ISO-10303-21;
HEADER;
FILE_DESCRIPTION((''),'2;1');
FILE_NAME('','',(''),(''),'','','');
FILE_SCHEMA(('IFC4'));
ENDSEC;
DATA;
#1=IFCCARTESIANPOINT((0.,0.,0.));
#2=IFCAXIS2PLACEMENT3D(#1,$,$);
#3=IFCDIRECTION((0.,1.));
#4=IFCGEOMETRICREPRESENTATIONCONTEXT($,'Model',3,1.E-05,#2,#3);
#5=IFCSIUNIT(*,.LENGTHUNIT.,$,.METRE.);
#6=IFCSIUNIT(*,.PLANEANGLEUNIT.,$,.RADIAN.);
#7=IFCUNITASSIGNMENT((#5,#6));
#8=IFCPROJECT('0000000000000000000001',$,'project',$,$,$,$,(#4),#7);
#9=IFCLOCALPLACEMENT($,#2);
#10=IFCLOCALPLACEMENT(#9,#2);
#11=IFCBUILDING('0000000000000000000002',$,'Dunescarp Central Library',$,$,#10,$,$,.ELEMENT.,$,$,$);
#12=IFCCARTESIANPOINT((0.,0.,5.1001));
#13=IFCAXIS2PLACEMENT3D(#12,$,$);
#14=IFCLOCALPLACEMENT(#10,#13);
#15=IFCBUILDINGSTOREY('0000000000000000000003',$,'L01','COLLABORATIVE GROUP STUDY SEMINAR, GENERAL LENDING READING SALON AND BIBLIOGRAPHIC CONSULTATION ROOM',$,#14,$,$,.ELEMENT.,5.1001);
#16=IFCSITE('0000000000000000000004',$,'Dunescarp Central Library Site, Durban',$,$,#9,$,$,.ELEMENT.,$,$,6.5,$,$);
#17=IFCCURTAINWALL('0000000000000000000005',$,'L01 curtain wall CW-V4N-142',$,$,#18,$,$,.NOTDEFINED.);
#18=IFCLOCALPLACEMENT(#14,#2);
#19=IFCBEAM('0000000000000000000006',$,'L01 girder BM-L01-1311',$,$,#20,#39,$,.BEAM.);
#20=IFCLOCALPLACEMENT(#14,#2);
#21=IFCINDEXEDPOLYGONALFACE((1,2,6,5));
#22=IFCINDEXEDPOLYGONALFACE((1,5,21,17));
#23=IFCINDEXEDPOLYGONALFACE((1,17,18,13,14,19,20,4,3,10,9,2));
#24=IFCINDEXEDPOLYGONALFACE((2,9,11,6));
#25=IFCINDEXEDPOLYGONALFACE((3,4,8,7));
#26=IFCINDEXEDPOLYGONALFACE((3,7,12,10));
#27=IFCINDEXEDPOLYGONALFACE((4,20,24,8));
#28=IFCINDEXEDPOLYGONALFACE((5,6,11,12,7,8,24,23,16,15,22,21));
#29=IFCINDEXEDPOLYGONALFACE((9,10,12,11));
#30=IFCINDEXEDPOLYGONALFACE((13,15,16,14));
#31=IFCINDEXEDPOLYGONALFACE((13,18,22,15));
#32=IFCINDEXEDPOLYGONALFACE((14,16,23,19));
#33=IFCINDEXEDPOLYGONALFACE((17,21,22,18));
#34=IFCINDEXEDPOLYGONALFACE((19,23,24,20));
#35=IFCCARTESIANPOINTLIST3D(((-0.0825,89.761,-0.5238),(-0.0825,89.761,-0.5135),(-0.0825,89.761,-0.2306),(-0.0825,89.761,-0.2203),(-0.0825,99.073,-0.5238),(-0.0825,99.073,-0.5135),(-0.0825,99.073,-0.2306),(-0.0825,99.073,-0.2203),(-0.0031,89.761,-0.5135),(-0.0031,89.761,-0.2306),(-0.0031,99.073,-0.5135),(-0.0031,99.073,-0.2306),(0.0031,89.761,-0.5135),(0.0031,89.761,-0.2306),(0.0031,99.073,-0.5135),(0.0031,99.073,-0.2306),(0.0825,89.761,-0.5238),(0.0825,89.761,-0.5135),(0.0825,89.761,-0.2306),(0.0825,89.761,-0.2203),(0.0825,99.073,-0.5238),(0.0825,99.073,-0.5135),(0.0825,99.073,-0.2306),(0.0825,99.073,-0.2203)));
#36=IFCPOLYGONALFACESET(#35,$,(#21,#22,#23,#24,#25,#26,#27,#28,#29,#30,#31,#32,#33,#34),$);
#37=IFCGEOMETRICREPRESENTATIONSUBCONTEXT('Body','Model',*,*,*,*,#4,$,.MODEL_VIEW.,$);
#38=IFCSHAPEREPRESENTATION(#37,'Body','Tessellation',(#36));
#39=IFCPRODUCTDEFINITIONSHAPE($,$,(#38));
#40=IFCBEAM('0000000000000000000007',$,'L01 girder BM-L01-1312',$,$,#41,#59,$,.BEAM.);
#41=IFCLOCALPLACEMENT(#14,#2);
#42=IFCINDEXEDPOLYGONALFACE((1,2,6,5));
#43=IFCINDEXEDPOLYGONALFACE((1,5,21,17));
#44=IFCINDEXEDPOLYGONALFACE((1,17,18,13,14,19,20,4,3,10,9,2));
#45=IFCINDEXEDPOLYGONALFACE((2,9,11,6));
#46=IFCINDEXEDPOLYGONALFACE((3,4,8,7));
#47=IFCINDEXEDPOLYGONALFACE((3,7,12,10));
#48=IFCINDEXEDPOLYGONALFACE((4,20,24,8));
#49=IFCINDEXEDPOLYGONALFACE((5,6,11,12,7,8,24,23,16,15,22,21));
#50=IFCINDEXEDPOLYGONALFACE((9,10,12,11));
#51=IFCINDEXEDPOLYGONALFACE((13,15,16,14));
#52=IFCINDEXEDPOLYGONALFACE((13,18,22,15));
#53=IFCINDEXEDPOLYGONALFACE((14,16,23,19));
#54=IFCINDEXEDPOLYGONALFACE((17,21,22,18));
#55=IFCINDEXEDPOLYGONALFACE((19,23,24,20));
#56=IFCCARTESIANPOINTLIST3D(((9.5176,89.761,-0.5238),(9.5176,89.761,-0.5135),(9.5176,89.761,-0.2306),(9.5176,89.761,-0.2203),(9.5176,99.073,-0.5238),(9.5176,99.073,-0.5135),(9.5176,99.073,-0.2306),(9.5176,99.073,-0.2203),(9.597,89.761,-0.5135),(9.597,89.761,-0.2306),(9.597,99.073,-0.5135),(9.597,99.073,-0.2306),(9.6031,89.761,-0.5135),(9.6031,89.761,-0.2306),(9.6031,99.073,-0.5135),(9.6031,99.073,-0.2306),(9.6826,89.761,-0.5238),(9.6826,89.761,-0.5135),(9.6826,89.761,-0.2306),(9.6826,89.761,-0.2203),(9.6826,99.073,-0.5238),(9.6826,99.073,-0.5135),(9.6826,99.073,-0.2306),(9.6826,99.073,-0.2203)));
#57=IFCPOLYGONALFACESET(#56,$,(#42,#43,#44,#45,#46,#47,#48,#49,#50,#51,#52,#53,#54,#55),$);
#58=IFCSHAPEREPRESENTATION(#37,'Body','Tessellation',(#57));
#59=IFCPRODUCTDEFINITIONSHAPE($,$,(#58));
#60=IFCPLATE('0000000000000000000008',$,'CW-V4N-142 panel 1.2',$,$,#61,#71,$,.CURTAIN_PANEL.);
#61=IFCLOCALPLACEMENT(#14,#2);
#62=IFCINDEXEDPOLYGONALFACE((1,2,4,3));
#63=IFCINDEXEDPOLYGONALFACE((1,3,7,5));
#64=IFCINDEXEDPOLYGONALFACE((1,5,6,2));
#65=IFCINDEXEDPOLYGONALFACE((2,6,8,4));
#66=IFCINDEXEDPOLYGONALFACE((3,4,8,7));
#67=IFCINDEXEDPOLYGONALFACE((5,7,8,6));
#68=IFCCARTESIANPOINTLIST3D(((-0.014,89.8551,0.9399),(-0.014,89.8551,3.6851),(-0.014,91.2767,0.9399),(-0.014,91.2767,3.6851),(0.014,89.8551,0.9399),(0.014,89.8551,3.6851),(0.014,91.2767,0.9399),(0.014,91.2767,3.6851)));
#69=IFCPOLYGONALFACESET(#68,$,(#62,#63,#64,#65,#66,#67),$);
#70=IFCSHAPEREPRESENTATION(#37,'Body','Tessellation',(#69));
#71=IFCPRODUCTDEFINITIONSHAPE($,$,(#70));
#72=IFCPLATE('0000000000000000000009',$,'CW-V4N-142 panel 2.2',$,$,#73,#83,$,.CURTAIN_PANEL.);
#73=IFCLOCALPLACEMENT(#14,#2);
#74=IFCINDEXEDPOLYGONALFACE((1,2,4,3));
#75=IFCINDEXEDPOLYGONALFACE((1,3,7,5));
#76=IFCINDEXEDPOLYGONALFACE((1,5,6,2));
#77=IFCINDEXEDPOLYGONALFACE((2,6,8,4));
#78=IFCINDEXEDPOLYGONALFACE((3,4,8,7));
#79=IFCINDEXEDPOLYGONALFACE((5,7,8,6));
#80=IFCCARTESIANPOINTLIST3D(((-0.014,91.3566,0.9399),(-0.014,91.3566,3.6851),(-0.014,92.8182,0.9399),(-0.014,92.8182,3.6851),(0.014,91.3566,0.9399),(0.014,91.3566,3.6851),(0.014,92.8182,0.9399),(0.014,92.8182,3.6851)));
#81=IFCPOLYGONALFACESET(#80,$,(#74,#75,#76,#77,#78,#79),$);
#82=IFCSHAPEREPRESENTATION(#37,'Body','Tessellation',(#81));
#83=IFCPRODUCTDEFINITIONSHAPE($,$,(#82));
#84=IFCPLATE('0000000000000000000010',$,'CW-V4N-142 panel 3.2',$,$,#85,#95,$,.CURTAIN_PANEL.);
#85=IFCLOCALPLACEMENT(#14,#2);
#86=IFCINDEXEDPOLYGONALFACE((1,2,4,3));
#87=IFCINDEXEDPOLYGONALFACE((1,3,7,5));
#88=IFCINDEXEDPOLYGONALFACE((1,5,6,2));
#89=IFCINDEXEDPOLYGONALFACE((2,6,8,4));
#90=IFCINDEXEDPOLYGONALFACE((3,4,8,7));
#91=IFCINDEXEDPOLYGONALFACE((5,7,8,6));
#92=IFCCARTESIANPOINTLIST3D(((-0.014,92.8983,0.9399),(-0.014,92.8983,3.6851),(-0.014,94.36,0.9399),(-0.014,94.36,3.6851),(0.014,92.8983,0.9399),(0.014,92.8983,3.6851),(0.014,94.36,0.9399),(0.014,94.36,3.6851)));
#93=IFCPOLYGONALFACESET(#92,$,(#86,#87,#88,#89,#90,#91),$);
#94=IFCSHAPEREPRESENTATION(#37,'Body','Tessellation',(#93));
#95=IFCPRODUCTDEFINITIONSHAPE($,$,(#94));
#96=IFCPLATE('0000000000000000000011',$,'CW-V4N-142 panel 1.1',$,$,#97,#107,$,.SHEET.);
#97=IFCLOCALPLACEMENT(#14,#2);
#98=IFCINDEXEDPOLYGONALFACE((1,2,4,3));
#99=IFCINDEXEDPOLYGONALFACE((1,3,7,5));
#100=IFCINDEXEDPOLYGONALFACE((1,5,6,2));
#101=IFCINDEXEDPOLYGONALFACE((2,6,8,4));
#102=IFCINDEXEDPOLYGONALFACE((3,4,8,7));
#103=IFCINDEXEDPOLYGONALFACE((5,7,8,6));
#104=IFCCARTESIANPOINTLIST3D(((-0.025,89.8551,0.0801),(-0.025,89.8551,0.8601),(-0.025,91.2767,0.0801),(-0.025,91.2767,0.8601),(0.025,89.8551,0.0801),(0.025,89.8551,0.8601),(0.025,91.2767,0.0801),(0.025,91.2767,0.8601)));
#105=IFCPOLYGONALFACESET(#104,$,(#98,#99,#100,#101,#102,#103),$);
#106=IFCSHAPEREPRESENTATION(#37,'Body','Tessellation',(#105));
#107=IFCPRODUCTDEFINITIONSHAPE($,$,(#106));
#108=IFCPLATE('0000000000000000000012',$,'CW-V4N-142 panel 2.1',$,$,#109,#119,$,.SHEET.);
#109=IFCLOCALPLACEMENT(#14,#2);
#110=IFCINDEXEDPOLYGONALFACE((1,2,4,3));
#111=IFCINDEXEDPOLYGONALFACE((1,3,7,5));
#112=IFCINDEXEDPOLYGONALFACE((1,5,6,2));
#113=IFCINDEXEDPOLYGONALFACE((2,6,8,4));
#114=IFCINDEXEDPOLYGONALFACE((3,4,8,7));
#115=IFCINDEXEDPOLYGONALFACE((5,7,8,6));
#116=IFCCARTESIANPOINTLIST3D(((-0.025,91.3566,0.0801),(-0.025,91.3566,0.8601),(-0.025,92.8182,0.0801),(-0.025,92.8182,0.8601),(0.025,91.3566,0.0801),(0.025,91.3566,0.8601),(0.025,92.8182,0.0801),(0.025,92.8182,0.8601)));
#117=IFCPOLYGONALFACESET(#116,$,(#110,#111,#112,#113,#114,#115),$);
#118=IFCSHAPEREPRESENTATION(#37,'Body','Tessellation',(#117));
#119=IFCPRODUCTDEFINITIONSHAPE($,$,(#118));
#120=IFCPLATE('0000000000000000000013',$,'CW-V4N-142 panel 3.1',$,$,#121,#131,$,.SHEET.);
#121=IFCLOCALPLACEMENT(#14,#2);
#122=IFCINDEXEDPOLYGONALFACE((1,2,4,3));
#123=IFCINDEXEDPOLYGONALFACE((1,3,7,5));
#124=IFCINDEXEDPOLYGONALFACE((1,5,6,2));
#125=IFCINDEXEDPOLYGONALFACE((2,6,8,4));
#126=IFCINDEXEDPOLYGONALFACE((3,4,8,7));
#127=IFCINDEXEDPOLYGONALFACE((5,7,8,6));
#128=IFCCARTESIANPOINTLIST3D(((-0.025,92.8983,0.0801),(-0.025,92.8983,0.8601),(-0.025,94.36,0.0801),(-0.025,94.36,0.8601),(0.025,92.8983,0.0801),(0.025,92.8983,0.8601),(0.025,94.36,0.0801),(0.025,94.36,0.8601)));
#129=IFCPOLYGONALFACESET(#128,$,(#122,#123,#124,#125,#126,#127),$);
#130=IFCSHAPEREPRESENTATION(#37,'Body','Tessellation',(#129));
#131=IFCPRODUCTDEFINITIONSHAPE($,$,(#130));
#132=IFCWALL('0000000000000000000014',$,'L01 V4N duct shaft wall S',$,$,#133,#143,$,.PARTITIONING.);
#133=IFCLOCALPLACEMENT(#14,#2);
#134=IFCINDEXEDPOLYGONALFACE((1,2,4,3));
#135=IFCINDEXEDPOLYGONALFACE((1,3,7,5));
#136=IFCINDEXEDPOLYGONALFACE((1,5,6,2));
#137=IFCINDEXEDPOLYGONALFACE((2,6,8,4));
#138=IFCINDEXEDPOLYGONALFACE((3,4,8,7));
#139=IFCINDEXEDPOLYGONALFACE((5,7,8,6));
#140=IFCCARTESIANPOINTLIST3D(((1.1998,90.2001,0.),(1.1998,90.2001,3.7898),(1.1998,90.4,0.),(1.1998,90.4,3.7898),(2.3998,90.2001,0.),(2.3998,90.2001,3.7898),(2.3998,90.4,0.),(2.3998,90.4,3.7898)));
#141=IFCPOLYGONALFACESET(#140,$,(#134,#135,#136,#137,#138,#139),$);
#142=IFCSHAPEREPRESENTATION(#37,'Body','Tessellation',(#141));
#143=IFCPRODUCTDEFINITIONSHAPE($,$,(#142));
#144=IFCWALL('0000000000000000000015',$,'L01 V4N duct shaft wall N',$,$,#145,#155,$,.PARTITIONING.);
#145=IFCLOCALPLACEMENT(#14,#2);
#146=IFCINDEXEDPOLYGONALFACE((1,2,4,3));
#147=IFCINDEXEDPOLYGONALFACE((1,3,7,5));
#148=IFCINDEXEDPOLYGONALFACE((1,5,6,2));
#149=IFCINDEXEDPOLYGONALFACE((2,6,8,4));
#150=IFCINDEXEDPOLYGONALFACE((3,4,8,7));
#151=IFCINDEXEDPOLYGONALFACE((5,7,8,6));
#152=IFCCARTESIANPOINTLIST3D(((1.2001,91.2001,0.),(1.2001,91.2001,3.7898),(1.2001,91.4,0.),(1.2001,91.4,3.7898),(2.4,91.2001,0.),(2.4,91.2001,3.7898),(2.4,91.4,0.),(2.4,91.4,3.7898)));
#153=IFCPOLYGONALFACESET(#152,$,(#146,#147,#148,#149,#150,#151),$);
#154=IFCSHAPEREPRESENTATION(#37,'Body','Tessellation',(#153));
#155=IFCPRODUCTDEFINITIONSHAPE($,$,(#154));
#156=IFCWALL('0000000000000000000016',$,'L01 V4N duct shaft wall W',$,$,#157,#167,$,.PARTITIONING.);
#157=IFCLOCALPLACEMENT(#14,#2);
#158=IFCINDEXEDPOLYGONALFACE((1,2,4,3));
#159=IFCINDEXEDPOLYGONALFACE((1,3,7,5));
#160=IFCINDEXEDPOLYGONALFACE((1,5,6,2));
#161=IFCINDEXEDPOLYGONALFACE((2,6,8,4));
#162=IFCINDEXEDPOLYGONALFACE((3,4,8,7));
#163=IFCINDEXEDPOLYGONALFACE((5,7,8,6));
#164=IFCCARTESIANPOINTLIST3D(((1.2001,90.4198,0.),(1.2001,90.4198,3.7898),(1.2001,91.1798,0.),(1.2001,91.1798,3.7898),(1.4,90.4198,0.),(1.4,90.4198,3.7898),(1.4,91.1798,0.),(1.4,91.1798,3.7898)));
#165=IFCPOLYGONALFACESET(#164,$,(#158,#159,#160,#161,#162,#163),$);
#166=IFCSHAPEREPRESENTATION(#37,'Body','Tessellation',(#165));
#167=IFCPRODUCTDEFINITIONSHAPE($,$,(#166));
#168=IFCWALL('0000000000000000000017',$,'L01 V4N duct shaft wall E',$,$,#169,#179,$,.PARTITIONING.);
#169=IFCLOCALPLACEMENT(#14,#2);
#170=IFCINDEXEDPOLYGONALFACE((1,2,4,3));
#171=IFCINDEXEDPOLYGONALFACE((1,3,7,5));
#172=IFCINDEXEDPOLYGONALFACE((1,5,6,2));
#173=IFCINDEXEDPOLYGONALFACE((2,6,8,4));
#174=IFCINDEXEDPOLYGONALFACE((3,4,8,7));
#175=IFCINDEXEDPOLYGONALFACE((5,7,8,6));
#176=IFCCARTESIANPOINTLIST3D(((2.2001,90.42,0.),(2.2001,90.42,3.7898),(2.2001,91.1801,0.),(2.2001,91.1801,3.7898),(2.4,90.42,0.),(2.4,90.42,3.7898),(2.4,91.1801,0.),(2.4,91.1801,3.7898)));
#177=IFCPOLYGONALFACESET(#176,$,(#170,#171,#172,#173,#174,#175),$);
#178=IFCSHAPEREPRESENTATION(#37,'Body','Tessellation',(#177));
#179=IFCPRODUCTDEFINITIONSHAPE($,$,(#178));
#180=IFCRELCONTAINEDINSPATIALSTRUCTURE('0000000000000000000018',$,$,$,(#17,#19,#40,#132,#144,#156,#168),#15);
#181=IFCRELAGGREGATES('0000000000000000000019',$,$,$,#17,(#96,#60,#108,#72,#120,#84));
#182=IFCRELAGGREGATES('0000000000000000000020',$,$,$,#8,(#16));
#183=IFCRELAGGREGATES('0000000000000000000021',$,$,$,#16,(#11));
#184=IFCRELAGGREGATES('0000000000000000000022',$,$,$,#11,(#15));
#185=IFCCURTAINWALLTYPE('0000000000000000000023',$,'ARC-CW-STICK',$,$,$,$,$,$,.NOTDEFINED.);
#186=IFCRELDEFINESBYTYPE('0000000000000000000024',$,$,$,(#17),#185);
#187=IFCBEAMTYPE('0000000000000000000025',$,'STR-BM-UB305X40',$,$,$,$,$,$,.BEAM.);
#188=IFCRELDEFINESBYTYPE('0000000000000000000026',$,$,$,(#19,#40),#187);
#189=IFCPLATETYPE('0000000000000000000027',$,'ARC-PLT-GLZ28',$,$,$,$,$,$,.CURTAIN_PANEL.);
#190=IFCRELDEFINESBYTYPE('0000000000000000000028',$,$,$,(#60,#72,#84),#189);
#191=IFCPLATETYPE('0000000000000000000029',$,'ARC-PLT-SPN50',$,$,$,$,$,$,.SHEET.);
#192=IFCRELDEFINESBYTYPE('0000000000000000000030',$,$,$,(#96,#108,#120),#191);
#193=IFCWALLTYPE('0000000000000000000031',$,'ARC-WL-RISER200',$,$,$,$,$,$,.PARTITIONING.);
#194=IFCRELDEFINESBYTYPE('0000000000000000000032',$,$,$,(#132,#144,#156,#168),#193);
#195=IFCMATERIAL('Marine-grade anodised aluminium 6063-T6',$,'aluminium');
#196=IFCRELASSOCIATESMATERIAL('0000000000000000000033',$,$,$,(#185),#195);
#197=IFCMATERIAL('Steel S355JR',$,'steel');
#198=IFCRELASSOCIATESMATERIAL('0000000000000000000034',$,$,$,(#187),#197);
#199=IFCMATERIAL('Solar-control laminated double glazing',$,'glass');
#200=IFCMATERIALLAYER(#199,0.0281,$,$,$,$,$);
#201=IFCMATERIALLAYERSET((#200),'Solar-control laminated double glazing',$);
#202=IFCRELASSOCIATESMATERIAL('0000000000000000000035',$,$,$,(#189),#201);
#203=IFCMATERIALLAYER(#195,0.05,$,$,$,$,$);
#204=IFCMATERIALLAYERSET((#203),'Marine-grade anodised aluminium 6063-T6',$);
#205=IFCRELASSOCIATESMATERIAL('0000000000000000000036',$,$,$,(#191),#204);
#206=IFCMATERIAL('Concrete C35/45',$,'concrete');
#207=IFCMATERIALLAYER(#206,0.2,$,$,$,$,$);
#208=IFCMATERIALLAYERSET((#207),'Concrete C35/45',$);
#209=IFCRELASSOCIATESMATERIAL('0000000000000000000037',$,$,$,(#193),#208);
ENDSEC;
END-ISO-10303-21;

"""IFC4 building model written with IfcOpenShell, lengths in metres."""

from ifc_helpers import new_model, si_unit, direction, frame, frame_2d, origin, origin_2d, place, context, subcontext, project, spatial, rectangle, i_section, extrude, material, layer, layer_set, material_profile, profile_set, type_object, element, aggregate, save


model = new_model("IFC4")

# Units and contexts
model_context = context("Model", 3, precision=1e-05, world=origin(), true_north=direction((0.0, 1.0)))
body_context = subcontext(model_context, "Body", "Model", "MODEL_VIEW")
ifc_project = project(units=[si_unit("LENGTHUNIT", "METRE"), si_unit("PLANEANGLEUNIT", "RADIAN")], contexts=[model_context])

# Site, building, storey
site_placement = place(None, origin())
site = spatial("IfcSite", under=ifc_project, at=site_placement, Name="Dunescarp Central Library Site, Durban", CompositionType="ELEMENT", RefElevation=6.5)
building_placement = place(site_placement, origin())
building = spatial("IfcBuilding", under=site, at=building_placement, Name="Dunescarp Central Library", CompositionType="ELEMENT")
storey_placement = place(building_placement, frame((0.0, 0.0, 5.1001)))
storey = spatial("IfcBuildingStorey", under=building, at=storey_placement, Name="L01", Description="COLLABORATIVE GROUP STUDY SEMINAR, GENERAL LENDING READING SALON AND BIBLIOGRAPHIC CONSULTATION ROOM", CompositionType="ELEMENT", Elevation=5.1001)

# Curtain wall
ifc_material_1 = material(Name="Marine-grade anodised aluminium 6063-T6", Category="aluminium")
curtain_wall_type = type_object("IfcCurtainWallType", Name="ARC-CW-STICK", PredefinedType="NOTDEFINED", material=ifc_material_1)
curtain_wall_placement = place(storey_placement, origin())
curtain_wall = element("IfcCurtainWall", 1, at=curtain_wall_placement, inside=storey, type_object=curtain_wall_type, Name="L01 curtain wall CW-V4N-142", PredefinedType="NOTDEFINED")

# Beams
ifc_material_2 = material(Name="Steel S355JR", Category="steel")
ifc_material_profile_1 = material_profile(ifc_material_2, i_section(OverallWidth=0.165, OverallDepth=0.3035, WebThickness=0.0061, FlangeThickness=0.0103, at=origin_2d()), Name="UB 305x165x40")
ifc_profile_set_1 = profile_set([ifc_material_profile_1], Name="Steel S355JR")
beam_type = type_object("IfcBeamType", Name="STR-BM-UB305X40", PredefinedType="BEAM", material=ifc_profile_set_1)
for number, where, z_axis, x_axis, name in (
    (2, (0.0, 89.761, -0.3721), (0.0, 1.0, 0.0), (-1.0, 0.0, 0.0), "L01 girder BM-L01-1311"),
    (3, (9.6001, 89.761, -0.3721), (0.0, 1.0, 0.0), (-1.0, 0.0, 0.0), "L01 girder BM-L01-1312"),
):
    element("IfcBeam", number, at=place(storey_placement, frame(where, z_axis=z_axis, x_axis=x_axis)), inside=storey, type_object=beam_type, Name=name, PredefinedType="BEAM", context=body_context, shape_type="SweptSolid", body=[
        extrude(i_section(OverallWidth=0.165, OverallDepth=0.3035, WebThickness=0.0061, FlangeThickness=0.0103, at=origin_2d()), origin(), (0.0, 0.0, 1.0), 9.312),
    ])

# Plates
ifc_material_3 = material(Name="Solar-control laminated double glazing", Category="glass")
ifc_layer_1 = layer(ifc_material_3, 0.0281)
ifc_layer_set_1 = layer_set([ifc_layer_1], Name="Solar-control laminated double glazing")
plate_type_1 = type_object("IfcPlateType", Name="ARC-PLT-GLZ28", PredefinedType="CURTAIN_PANEL", material=ifc_layer_set_1)
plate_1_placement = place(storey_placement, frame((0.0, 90.5659, 0.9399), z_axis=(0.0, 0.0, 1.0), x_axis=(0.0, 1.0, 0.0)))
plate_1 = element("IfcPlate", 4, at=plate_1_placement, type_object=plate_type_1, Name="CW-V4N-142 panel 1.2", PredefinedType="CURTAIN_PANEL", context=body_context, shape_type="SweptSolid", body=[
    extrude(rectangle(XDim=1.4216, YDim=0.0281, at=origin_2d()), origin(), (0.0, 0.0, 1.0), 2.7451),
])
plate_2_placement = place(storey_placement, frame((0.0, 92.0874, 0.9399), z_axis=(0.0, 0.0, 1.0), x_axis=(0.0, 1.0, 0.0)))
plate_2 = element("IfcPlate", 5, at=plate_2_placement, type_object=plate_type_1, Name="CW-V4N-142 panel 2.2", PredefinedType="CURTAIN_PANEL", context=body_context, shape_type="SweptSolid", body=[
    extrude(rectangle(XDim=1.4617, YDim=0.0281, at=origin_2d()), origin(), (0.0, 0.0, 1.0), 2.7451),
])
plate_3_placement = place(storey_placement, frame((0.0, 93.6292, 0.9399), z_axis=(0.0, 0.0, 1.0), x_axis=(0.0, 1.0, 0.0)))
plate_3 = element("IfcPlate", 6, at=plate_3_placement, type_object=plate_type_1, Name="CW-V4N-142 panel 3.2", PredefinedType="CURTAIN_PANEL", context=body_context, shape_type="SweptSolid", body=[
    extrude(rectangle(XDim=1.4617, YDim=0.0281, at=origin_2d()), origin(), (0.0, 0.0, 1.0), 2.7451),
])
ifc_layer_2 = layer(ifc_material_1, 0.05)
ifc_layer_set_2 = layer_set([ifc_layer_2], Name="Marine-grade anodised aluminium 6063-T6")
plate_type_2 = type_object("IfcPlateType", Name="ARC-PLT-SPN50", PredefinedType="SHEET", material=ifc_layer_set_2)
plate_4_placement = place(storey_placement, frame((0.0, 90.5659, 0.0801), z_axis=(0.0, 0.0, 1.0), x_axis=(0.0, 1.0, 0.0)))
plate_4 = element("IfcPlate", 7, at=plate_4_placement, type_object=plate_type_2, Name="CW-V4N-142 panel 1.1", PredefinedType="SHEET", context=body_context, shape_type="SweptSolid", body=[
    extrude(rectangle(XDim=1.4216, YDim=0.05, at=origin_2d()), origin(), (0.0, 0.0, 1.0), 0.78),
])
plate_5_placement = place(storey_placement, frame((0.0, 92.0874, 0.0801), z_axis=(0.0, 0.0, 1.0), x_axis=(0.0, 1.0, 0.0)))
plate_5 = element("IfcPlate", 8, at=plate_5_placement, type_object=plate_type_2, Name="CW-V4N-142 panel 2.1", PredefinedType="SHEET", context=body_context, shape_type="SweptSolid", body=[
    extrude(rectangle(XDim=1.4617, YDim=0.05, at=origin_2d()), origin(), (0.0, 0.0, 1.0), 0.78),
])
plate_6_placement = place(storey_placement, frame((0.0, 93.6292, 0.0801), z_axis=(0.0, 0.0, 1.0), x_axis=(0.0, 1.0, 0.0)))
plate_6 = element("IfcPlate", 9, at=plate_6_placement, type_object=plate_type_2, Name="CW-V4N-142 panel 3.1", PredefinedType="SHEET", context=body_context, shape_type="SweptSolid", body=[
    extrude(rectangle(XDim=1.4617, YDim=0.05, at=origin_2d()), origin(), (0.0, 0.0, 1.0), 0.78),
])
aggregate(curtain_wall, [plate_4, plate_1, plate_5, plate_2, plate_6, plate_3])

# Walls
ifc_material_4 = material(Name="Concrete C35/45", Category="concrete")
ifc_layer_3 = layer(ifc_material_4, 0.2)
ifc_layer_set_3 = layer_set([ifc_layer_3], Name="Concrete C35/45")
wall_type = type_object("IfcWallType", Name="ARC-WL-RISER200", PredefinedType="PARTITIONING", material=ifc_layer_set_3)
for number, where, z_axis, x_axis, name in (
    (10, (2.3999, 90.3, 0.0), (0.0, 0.0, 1.0), (-1.0, 0.0, 0.0), "L01 V4N duct shaft wall S"),
    (11, (1.2, 91.3, 0.0), (0.0, 0.0, 1.0), (1.0, 0.0, 0.0), "L01 V4N duct shaft wall N"),
):
    element("IfcWall", number, at=place(storey_placement, frame(where, z_axis=z_axis, x_axis=x_axis)), inside=storey, type_object=wall_type, Name=name, PredefinedType="PARTITIONING", context=body_context, shape_type="SweptSolid", body=[
        extrude(rectangle(XDim=1.2, YDim=0.2, at=frame_2d((0.6001, 0.0))), origin(), (0.0, 0.0, 1.0), 3.7898),
    ])
for number, where, z_axis, x_axis, name in (
    (12, (1.3, 90.4199, 0.0), (0.0, 0.0, 1.0), (0.0, 1.0, 0.0), "L01 V4N duct shaft wall W"),
    (13, (2.3, 91.1799, 0.0), (0.0, 0.0, 1.0), (0.0, -1.0, 0.0), "L01 V4N duct shaft wall E"),
):
    element("IfcWall", number, at=place(storey_placement, frame(where, z_axis=z_axis, x_axis=x_axis)), inside=storey, type_object=wall_type, Name=name, PredefinedType="PARTITIONING", context=body_context, shape_type="SweptSolid", body=[
        extrude(rectangle(XDim=0.76, YDim=0.2, at=frame_2d((0.3799, 0.0))), origin(), (0.0, 0.0, 1.0), 3.7898),
    ])

save(model, "model.ifc")
